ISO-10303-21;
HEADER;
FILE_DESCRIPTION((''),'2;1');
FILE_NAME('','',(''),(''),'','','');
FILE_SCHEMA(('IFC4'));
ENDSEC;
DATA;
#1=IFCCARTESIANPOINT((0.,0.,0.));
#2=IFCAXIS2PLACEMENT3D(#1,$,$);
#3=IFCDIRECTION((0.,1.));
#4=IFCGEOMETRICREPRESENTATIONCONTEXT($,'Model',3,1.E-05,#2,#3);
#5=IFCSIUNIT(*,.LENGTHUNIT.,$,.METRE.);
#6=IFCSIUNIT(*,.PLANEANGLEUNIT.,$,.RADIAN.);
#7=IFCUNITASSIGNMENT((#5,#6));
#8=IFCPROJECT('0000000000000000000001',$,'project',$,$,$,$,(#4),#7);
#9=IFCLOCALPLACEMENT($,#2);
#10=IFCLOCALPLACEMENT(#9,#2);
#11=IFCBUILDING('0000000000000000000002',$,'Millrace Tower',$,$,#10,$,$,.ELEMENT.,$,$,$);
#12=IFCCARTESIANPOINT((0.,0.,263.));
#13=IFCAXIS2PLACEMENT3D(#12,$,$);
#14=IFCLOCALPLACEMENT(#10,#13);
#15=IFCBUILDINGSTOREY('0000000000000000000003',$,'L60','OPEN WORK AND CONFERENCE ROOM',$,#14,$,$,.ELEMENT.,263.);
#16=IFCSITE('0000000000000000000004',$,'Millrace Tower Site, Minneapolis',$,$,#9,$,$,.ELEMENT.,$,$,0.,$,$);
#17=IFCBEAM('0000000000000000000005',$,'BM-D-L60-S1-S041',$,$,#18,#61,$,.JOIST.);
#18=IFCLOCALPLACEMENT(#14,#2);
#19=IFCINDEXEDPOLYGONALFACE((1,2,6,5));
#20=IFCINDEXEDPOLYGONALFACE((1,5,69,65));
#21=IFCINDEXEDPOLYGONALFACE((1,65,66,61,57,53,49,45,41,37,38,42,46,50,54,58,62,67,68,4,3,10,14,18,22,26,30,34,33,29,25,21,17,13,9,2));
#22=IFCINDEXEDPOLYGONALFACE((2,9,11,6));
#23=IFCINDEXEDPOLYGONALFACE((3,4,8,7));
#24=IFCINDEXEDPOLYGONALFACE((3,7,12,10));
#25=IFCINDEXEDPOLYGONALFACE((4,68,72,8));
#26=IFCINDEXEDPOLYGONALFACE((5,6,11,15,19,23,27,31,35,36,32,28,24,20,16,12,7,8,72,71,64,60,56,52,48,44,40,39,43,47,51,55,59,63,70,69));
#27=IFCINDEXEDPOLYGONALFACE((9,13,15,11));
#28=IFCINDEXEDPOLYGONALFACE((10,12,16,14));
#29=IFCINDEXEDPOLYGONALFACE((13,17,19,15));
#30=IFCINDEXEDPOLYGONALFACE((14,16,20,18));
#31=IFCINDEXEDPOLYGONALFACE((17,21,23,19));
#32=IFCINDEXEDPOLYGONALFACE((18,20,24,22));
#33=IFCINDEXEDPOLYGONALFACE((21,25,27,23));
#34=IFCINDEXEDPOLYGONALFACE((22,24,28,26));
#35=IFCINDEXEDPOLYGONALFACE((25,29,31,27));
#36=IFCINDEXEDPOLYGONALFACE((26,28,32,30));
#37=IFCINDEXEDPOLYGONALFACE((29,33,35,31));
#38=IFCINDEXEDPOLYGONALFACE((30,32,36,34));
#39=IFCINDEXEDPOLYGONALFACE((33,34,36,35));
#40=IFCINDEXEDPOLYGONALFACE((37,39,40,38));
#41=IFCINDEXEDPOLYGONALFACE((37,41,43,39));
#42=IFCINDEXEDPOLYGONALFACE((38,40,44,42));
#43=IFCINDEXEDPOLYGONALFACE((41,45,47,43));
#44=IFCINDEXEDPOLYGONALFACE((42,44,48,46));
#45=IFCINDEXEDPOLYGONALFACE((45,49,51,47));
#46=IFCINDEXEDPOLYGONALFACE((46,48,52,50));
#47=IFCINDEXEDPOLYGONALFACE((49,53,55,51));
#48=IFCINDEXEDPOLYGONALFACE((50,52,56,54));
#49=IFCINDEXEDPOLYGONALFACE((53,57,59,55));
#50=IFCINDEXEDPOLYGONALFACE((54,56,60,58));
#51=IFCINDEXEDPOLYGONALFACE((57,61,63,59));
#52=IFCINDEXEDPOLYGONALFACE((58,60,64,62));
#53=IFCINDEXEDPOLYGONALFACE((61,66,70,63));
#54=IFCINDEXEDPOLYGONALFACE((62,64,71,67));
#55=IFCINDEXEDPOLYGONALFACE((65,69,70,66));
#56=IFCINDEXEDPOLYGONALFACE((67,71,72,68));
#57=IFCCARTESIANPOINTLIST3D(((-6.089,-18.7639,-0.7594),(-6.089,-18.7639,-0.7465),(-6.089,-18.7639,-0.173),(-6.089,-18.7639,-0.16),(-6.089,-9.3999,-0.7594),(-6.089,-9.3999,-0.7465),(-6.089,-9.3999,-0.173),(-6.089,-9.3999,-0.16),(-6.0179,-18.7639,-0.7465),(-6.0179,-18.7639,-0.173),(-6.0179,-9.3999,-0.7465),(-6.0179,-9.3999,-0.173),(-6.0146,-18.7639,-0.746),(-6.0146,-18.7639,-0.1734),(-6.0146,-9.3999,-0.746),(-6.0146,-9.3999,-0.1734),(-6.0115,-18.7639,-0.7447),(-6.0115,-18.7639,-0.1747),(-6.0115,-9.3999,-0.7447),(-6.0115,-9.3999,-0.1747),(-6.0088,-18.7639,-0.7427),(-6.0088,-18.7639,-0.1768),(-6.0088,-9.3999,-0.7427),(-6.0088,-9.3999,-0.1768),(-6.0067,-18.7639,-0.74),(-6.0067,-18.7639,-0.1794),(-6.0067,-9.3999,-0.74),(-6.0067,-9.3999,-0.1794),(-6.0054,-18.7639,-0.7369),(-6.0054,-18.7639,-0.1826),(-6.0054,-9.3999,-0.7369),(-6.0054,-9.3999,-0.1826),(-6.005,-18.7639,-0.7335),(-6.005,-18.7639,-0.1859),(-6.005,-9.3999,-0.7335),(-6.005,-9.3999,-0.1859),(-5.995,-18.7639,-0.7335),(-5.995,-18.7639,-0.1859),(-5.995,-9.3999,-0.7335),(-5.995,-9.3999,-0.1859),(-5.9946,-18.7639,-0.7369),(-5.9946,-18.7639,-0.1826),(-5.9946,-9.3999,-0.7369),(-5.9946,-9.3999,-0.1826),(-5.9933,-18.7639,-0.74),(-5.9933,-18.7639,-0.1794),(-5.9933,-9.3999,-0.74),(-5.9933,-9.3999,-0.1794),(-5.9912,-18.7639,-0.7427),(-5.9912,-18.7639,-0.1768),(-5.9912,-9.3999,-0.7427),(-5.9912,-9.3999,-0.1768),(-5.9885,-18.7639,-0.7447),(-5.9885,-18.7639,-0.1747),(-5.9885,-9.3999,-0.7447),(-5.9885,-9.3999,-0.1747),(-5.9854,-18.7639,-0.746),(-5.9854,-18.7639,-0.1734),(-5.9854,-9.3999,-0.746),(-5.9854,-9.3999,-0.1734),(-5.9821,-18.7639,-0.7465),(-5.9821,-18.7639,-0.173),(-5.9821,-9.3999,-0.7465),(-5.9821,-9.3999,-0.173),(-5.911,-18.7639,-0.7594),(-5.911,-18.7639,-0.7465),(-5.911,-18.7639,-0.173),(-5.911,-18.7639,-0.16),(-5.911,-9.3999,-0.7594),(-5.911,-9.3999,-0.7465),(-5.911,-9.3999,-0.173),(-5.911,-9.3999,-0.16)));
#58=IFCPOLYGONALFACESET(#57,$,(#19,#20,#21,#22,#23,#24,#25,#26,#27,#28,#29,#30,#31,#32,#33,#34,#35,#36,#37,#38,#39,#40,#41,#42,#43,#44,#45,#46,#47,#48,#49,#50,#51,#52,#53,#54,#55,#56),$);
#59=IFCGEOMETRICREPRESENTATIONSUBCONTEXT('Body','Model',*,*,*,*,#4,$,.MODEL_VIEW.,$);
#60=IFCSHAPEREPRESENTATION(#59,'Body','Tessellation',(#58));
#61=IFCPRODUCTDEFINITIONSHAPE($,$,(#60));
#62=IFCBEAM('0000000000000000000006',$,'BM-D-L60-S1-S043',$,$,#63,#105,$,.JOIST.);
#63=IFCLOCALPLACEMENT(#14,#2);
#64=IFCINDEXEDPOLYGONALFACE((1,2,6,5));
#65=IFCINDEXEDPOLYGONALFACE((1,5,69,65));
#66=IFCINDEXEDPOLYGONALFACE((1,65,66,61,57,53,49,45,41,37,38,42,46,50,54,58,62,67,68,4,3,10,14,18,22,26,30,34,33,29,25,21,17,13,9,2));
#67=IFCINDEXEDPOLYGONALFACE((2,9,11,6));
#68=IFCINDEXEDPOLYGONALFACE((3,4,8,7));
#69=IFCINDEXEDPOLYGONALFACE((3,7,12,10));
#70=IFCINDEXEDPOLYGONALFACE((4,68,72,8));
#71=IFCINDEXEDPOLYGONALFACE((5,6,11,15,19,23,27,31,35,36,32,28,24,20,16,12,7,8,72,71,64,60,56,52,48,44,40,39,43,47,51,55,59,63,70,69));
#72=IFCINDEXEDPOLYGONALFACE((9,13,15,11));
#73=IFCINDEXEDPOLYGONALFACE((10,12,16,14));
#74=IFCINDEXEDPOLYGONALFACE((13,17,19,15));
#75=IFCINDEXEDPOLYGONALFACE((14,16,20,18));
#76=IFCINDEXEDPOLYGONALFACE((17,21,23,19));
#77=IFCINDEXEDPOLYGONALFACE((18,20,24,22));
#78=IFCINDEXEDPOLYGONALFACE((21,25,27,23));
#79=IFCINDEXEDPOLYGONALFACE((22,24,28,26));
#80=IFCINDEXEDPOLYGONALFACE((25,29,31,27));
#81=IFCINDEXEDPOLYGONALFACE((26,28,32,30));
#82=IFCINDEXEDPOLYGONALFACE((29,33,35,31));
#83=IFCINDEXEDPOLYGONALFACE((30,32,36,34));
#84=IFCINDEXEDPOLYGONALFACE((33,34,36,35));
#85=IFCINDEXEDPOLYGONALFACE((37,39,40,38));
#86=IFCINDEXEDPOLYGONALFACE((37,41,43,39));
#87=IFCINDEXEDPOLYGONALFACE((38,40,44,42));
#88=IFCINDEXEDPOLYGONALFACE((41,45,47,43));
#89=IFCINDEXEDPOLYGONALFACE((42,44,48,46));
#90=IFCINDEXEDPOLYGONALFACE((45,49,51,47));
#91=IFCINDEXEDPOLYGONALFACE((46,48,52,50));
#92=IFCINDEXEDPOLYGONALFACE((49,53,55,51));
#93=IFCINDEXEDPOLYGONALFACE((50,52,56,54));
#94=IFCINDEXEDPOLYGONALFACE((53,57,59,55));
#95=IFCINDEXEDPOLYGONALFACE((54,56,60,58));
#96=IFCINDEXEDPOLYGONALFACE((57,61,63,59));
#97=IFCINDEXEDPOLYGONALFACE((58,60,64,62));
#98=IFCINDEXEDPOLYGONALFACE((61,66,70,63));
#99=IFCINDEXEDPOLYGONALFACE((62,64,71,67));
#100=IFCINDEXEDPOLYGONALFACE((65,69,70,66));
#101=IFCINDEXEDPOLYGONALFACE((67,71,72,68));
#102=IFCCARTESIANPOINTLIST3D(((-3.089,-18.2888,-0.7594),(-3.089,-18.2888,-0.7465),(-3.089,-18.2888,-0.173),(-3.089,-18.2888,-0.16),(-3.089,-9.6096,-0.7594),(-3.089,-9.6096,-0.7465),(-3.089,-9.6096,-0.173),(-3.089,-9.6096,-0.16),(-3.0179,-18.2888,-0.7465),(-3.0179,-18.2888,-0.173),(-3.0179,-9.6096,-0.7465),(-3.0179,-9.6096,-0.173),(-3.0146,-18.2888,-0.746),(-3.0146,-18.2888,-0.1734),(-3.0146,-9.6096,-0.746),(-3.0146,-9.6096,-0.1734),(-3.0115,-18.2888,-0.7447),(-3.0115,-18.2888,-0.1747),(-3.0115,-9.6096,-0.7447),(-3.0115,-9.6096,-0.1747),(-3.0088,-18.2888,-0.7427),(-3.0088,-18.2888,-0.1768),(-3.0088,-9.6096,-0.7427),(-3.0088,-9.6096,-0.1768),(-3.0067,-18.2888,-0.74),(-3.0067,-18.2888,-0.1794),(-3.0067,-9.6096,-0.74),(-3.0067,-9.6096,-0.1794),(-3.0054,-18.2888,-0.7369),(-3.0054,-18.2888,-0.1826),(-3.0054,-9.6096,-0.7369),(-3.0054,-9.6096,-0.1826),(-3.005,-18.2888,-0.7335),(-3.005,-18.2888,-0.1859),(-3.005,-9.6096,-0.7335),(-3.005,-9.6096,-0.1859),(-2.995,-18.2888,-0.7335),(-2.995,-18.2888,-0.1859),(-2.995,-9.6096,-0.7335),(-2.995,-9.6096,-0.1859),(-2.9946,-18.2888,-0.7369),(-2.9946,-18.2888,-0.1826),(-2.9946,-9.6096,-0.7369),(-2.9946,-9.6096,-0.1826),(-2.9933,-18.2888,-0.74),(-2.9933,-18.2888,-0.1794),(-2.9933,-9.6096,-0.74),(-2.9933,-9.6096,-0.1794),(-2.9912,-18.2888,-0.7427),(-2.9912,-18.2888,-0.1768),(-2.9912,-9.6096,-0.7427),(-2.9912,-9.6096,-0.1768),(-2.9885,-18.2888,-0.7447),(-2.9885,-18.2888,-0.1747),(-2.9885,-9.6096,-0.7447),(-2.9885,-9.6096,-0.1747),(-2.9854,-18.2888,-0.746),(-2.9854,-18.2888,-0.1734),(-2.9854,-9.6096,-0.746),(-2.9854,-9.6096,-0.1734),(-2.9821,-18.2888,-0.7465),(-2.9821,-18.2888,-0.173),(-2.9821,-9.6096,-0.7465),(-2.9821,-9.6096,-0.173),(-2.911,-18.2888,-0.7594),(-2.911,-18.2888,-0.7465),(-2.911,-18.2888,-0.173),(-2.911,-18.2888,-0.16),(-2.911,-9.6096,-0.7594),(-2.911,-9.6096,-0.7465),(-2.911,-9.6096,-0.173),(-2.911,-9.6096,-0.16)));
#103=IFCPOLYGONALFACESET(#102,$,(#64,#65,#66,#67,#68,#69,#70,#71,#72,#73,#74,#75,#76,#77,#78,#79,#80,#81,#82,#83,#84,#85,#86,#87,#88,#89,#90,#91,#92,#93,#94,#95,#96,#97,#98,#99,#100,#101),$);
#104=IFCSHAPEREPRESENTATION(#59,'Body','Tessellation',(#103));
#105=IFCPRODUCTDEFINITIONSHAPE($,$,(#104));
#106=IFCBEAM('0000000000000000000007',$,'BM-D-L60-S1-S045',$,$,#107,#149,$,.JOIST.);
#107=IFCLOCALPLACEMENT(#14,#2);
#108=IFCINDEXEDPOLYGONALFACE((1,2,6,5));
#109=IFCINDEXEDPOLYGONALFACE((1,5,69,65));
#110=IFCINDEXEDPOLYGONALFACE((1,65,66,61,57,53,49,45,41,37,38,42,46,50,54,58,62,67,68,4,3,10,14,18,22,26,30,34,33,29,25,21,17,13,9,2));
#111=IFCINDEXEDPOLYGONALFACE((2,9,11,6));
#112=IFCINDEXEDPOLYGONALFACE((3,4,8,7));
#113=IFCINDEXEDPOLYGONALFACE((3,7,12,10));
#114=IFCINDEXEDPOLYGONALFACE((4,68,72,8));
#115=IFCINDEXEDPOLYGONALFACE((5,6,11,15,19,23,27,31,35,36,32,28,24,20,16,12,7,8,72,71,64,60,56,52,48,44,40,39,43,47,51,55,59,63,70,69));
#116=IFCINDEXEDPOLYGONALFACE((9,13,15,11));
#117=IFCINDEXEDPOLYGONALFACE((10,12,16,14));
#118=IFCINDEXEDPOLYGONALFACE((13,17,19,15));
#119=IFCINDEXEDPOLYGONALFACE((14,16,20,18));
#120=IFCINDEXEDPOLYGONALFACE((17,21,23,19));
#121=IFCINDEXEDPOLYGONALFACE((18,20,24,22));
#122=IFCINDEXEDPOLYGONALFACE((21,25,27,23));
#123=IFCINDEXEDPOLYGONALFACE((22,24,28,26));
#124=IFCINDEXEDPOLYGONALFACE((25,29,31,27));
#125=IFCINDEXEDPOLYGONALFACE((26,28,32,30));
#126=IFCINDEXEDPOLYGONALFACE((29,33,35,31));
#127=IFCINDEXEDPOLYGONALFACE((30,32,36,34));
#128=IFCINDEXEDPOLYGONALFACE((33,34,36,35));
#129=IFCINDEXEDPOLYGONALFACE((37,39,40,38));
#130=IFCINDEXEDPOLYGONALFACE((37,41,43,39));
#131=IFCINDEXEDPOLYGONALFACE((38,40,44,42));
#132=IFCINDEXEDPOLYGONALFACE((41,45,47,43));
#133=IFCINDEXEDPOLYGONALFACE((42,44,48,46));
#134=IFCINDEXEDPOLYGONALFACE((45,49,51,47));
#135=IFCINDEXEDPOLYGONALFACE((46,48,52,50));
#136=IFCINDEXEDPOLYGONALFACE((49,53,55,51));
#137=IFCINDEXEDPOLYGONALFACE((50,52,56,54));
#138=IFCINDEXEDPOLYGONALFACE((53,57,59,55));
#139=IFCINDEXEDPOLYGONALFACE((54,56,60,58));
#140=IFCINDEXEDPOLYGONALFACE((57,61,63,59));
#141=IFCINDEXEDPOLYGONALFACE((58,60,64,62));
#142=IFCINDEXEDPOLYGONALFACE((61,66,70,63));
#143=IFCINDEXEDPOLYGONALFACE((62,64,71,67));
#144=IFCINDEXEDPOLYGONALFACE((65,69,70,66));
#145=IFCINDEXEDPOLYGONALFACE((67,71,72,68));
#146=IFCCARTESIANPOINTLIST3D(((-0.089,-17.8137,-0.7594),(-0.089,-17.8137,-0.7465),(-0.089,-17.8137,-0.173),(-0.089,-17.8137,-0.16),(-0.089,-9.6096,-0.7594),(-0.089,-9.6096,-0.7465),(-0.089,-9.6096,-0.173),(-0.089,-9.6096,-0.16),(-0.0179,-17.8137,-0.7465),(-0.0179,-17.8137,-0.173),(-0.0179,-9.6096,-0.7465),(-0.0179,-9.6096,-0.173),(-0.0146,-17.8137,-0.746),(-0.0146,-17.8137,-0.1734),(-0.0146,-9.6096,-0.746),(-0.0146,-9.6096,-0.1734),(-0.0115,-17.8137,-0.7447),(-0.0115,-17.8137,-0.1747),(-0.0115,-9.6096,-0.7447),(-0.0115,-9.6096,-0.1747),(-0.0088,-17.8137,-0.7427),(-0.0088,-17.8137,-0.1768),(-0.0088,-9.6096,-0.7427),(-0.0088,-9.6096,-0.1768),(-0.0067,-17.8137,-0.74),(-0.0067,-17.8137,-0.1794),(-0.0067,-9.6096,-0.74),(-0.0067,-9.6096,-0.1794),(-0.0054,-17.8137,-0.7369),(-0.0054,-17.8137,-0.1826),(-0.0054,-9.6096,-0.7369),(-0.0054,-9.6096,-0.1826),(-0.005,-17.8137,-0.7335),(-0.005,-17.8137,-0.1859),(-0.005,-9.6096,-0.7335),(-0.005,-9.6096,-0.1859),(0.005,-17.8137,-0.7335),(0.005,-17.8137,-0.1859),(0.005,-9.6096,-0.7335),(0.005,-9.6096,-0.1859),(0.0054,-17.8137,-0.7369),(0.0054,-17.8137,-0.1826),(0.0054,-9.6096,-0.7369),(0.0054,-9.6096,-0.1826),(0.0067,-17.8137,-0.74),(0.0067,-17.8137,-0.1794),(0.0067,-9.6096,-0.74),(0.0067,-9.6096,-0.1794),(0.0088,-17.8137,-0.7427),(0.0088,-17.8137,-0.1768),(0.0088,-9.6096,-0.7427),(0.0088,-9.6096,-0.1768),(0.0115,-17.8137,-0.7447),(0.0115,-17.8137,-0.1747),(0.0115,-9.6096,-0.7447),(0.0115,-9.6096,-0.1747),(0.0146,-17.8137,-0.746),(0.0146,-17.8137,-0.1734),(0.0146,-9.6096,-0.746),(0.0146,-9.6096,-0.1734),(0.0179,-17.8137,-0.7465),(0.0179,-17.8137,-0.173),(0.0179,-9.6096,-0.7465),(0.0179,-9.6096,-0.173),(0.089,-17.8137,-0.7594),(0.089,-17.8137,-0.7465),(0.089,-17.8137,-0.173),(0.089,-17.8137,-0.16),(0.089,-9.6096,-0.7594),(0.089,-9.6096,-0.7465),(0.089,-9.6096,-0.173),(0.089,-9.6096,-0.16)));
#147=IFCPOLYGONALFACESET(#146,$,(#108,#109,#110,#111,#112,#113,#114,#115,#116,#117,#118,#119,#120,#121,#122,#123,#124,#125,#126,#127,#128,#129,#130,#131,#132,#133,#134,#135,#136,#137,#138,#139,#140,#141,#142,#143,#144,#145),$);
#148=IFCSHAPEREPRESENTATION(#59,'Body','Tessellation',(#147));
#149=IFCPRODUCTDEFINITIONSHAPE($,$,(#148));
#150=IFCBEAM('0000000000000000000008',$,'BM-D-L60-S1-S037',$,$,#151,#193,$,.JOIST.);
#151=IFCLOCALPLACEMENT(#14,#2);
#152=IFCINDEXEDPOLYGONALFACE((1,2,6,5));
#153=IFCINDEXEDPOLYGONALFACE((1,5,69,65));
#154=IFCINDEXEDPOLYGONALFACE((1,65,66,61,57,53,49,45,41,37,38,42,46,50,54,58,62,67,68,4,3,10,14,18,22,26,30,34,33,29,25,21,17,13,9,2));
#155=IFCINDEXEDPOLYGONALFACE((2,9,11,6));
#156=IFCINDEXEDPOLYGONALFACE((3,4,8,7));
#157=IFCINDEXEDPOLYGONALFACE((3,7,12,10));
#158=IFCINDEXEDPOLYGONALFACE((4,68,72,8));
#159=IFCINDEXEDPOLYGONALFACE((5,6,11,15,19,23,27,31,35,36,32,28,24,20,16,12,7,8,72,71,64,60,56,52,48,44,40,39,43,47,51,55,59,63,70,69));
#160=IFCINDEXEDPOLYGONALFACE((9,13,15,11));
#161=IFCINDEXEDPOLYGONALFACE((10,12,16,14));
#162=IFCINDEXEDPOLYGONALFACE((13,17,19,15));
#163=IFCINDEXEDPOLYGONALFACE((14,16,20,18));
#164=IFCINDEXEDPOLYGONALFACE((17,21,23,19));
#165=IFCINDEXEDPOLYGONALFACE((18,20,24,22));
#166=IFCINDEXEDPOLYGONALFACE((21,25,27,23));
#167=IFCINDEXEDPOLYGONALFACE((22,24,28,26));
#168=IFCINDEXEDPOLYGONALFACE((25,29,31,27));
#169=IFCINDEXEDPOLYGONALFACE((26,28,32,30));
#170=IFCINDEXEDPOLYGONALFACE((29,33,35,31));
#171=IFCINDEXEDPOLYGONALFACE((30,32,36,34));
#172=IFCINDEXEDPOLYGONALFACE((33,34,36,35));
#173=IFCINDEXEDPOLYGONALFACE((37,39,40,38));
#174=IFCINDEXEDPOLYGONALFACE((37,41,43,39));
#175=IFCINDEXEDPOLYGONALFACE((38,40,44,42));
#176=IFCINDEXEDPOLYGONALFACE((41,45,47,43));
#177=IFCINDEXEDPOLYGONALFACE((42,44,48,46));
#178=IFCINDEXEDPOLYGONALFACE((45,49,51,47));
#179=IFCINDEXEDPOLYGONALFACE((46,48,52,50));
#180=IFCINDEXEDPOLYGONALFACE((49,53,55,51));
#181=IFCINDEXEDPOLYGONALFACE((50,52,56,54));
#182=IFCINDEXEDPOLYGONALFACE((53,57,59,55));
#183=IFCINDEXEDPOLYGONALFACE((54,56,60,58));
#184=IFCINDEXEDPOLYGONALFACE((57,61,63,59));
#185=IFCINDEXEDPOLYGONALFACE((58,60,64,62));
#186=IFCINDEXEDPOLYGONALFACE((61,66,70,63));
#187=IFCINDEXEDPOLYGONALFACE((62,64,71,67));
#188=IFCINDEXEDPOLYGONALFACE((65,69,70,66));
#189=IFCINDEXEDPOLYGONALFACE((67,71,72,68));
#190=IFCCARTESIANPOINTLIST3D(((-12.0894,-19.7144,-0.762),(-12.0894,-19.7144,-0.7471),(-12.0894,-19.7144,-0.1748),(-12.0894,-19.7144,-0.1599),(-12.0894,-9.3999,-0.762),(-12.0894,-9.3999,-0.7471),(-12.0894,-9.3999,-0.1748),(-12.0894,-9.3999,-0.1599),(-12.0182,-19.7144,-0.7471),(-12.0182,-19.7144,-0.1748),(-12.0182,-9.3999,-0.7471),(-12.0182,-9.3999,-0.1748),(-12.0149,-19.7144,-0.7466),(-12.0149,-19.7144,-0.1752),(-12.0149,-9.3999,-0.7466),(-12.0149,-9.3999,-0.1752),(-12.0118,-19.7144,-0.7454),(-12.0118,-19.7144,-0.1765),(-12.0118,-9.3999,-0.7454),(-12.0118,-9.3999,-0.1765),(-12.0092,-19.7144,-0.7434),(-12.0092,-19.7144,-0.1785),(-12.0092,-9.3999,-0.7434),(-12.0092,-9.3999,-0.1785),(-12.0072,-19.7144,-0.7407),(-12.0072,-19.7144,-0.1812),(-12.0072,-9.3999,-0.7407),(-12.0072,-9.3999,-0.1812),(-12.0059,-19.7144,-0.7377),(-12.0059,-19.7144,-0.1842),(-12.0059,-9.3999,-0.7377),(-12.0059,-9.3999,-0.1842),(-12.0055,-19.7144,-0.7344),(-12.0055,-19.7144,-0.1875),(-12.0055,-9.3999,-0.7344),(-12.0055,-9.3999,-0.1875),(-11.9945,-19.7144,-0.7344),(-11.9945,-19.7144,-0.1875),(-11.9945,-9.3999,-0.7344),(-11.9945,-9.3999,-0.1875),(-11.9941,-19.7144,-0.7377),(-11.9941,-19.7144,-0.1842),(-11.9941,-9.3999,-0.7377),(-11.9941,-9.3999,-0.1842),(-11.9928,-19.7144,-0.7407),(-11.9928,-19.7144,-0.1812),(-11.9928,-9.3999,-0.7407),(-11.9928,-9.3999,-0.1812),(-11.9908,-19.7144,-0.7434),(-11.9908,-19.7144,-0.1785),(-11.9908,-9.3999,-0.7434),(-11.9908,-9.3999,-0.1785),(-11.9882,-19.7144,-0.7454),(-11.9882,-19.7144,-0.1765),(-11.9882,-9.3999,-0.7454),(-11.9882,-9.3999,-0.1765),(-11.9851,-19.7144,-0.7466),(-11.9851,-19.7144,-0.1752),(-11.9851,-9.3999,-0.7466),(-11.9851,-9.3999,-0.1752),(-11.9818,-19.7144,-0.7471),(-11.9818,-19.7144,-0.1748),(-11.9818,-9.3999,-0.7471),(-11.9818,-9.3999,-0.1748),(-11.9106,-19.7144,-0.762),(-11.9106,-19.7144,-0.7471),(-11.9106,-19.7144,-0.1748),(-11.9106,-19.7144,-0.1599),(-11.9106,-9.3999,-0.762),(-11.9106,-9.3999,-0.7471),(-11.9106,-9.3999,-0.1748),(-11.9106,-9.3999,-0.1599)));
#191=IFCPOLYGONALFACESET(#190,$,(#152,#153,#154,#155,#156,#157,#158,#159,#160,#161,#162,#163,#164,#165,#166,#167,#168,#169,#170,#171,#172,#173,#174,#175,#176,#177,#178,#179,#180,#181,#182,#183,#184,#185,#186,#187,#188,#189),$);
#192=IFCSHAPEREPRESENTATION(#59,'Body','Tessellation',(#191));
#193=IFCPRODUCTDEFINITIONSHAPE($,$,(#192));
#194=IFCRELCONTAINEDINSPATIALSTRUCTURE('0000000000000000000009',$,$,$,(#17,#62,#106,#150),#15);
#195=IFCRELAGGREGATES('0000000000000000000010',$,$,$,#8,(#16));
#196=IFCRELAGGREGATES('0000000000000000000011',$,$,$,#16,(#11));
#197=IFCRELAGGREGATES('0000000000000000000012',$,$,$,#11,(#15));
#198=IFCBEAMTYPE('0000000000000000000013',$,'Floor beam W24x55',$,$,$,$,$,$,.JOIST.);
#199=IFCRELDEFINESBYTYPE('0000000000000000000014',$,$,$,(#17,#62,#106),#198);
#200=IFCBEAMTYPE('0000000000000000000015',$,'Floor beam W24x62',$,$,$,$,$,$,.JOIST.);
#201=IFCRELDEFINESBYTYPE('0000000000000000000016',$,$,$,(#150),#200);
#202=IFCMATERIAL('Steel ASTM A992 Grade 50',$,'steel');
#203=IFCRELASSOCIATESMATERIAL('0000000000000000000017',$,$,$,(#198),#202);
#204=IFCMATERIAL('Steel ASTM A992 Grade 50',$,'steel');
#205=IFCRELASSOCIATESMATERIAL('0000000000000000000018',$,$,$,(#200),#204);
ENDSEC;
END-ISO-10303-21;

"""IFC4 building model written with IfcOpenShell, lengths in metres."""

from ifc_helpers import new_model, si_unit, direction, frame, origin, origin_2d, place, context, subcontext, project, spatial, i_section, extrude, material, material_profile, profile_set, type_object, element, save


model = new_model("IFC4")

# Units and contexts
model_context = context("Model", 3, precision=1e-05, world=origin(), true_north=direction((0.0, 1.0)))
body_context = subcontext(model_context, "Body", "Model", "MODEL_VIEW")
ifc_project = project(units=[si_unit("LENGTHUNIT", "METRE"), si_unit("PLANEANGLEUNIT", "RADIAN")], contexts=[model_context])

# Site, building, storey
site_placement = place(None, origin())
site = spatial("IfcSite", under=ifc_project, at=site_placement, Name="Millrace Tower Site, Minneapolis", CompositionType="ELEMENT", RefElevation=0.0)
building_placement = place(site_placement, origin())
building = spatial("IfcBuilding", under=site, at=building_placement, Name="Millrace Tower", CompositionType="ELEMENT")
storey_placement = place(building_placement, frame((0.0, 0.0, 263.0)))
storey = spatial("IfcBuildingStorey", under=building, at=storey_placement, Name="L60", Description="OPEN WORK AND CONFERENCE ROOM", CompositionType="ELEMENT", Elevation=263.0)

# Beams
ifc_material_1 = material(Name="Steel ASTM A992 Grade 50", Category="steel")
ifc_material_profile_1 = material_profile(ifc_material_1, i_section(OverallWidth=0.178, OverallDepth=0.5994, WebThickness=0.01, FlangeThickness=0.0129, FilletRadius=0.0129, at=origin_2d()))
ifc_profile_set_1 = profile_set([ifc_material_profile_1], Name="Steel ASTM A992 Grade 50")
beam_type_1 = type_object("IfcBeamType", Name="Floor beam W24x55", PredefinedType="JOIST", material=ifc_profile_set_1)
beam_1_placement = place(storey_placement, frame((-6.0, -18.7639, -0.4597), z_axis=(0.0, 1.0, 0.0), x_axis=(-1.0, 0.0, 0.0)))
element("IfcBeam", 1, at=beam_1_placement, inside=storey, type_object=beam_type_1, Name="BM-D-L60-S1-S041", PredefinedType="JOIST", context=body_context, shape_type="SweptSolid", body=[
    extrude(i_section(OverallWidth=0.178, OverallDepth=0.5994, WebThickness=0.01, FlangeThickness=0.0129, FilletRadius=0.0129, at=origin_2d()), origin(), (0.0, 0.0, 1.0), 9.364),
])
beam_2_placement = place(storey_placement, frame((-3.0, -18.2888, -0.4597), z_axis=(0.0, 1.0, 0.0), x_axis=(-1.0, 0.0, 0.0)))
element("IfcBeam", 2, at=beam_2_placement, inside=storey, type_object=beam_type_1, Name="BM-D-L60-S1-S043", PredefinedType="JOIST", context=body_context, shape_type="SweptSolid", body=[
    extrude(i_section(OverallWidth=0.178, OverallDepth=0.5994, WebThickness=0.01, FlangeThickness=0.0129, FilletRadius=0.0129, at=origin_2d()), origin(), (0.0, 0.0, 1.0), 8.6792),
])
beam_3_placement = place(storey_placement, frame((0.0, -17.8137, -0.4597), z_axis=(0.0, 1.0, 0.0), x_axis=(-1.0, 0.0, 0.0)))
element("IfcBeam", 3, at=beam_3_placement, inside=storey, type_object=beam_type_1, Name="BM-D-L60-S1-S045", PredefinedType="JOIST", context=body_context, shape_type="SweptSolid", body=[
    extrude(i_section(OverallWidth=0.178, OverallDepth=0.5994, WebThickness=0.01, FlangeThickness=0.0129, FilletRadius=0.0129, at=origin_2d()), origin(), (0.0, 0.0, 1.0), 8.2041),
])
ifc_material_2 = material(Name="Steel ASTM A992 Grade 50", Category="steel")
ifc_material_profile_2 = material_profile(ifc_material_2, i_section(OverallWidth=0.1787, OverallDepth=0.6021, WebThickness=0.011, FlangeThickness=0.0149, FilletRadius=0.0127, at=origin_2d()))
ifc_profile_set_2 = profile_set([ifc_material_profile_2], Name="Steel ASTM A992 Grade 50")
beam_type_2 = type_object("IfcBeamType", Name="Floor beam W24x62", PredefinedType="JOIST", material=ifc_profile_set_2)
beam_4_placement = place(storey_placement, frame((-12.0, -19.7144, -0.4609), z_axis=(0.0, 1.0, 0.0), x_axis=(-1.0, 0.0, 0.0)))
element("IfcBeam", 4, at=beam_4_placement, inside=storey, type_object=beam_type_2, Name="BM-D-L60-S1-S037", PredefinedType="JOIST", context=body_context, shape_type="SweptSolid", body=[
    extrude(i_section(OverallWidth=0.1787, OverallDepth=0.6021, WebThickness=0.011, FlangeThickness=0.0149, FilletRadius=0.0127, at=origin_2d()), origin(), (0.0, 0.0, 1.0), 10.3145),
])

save(model, "model.ifc")
